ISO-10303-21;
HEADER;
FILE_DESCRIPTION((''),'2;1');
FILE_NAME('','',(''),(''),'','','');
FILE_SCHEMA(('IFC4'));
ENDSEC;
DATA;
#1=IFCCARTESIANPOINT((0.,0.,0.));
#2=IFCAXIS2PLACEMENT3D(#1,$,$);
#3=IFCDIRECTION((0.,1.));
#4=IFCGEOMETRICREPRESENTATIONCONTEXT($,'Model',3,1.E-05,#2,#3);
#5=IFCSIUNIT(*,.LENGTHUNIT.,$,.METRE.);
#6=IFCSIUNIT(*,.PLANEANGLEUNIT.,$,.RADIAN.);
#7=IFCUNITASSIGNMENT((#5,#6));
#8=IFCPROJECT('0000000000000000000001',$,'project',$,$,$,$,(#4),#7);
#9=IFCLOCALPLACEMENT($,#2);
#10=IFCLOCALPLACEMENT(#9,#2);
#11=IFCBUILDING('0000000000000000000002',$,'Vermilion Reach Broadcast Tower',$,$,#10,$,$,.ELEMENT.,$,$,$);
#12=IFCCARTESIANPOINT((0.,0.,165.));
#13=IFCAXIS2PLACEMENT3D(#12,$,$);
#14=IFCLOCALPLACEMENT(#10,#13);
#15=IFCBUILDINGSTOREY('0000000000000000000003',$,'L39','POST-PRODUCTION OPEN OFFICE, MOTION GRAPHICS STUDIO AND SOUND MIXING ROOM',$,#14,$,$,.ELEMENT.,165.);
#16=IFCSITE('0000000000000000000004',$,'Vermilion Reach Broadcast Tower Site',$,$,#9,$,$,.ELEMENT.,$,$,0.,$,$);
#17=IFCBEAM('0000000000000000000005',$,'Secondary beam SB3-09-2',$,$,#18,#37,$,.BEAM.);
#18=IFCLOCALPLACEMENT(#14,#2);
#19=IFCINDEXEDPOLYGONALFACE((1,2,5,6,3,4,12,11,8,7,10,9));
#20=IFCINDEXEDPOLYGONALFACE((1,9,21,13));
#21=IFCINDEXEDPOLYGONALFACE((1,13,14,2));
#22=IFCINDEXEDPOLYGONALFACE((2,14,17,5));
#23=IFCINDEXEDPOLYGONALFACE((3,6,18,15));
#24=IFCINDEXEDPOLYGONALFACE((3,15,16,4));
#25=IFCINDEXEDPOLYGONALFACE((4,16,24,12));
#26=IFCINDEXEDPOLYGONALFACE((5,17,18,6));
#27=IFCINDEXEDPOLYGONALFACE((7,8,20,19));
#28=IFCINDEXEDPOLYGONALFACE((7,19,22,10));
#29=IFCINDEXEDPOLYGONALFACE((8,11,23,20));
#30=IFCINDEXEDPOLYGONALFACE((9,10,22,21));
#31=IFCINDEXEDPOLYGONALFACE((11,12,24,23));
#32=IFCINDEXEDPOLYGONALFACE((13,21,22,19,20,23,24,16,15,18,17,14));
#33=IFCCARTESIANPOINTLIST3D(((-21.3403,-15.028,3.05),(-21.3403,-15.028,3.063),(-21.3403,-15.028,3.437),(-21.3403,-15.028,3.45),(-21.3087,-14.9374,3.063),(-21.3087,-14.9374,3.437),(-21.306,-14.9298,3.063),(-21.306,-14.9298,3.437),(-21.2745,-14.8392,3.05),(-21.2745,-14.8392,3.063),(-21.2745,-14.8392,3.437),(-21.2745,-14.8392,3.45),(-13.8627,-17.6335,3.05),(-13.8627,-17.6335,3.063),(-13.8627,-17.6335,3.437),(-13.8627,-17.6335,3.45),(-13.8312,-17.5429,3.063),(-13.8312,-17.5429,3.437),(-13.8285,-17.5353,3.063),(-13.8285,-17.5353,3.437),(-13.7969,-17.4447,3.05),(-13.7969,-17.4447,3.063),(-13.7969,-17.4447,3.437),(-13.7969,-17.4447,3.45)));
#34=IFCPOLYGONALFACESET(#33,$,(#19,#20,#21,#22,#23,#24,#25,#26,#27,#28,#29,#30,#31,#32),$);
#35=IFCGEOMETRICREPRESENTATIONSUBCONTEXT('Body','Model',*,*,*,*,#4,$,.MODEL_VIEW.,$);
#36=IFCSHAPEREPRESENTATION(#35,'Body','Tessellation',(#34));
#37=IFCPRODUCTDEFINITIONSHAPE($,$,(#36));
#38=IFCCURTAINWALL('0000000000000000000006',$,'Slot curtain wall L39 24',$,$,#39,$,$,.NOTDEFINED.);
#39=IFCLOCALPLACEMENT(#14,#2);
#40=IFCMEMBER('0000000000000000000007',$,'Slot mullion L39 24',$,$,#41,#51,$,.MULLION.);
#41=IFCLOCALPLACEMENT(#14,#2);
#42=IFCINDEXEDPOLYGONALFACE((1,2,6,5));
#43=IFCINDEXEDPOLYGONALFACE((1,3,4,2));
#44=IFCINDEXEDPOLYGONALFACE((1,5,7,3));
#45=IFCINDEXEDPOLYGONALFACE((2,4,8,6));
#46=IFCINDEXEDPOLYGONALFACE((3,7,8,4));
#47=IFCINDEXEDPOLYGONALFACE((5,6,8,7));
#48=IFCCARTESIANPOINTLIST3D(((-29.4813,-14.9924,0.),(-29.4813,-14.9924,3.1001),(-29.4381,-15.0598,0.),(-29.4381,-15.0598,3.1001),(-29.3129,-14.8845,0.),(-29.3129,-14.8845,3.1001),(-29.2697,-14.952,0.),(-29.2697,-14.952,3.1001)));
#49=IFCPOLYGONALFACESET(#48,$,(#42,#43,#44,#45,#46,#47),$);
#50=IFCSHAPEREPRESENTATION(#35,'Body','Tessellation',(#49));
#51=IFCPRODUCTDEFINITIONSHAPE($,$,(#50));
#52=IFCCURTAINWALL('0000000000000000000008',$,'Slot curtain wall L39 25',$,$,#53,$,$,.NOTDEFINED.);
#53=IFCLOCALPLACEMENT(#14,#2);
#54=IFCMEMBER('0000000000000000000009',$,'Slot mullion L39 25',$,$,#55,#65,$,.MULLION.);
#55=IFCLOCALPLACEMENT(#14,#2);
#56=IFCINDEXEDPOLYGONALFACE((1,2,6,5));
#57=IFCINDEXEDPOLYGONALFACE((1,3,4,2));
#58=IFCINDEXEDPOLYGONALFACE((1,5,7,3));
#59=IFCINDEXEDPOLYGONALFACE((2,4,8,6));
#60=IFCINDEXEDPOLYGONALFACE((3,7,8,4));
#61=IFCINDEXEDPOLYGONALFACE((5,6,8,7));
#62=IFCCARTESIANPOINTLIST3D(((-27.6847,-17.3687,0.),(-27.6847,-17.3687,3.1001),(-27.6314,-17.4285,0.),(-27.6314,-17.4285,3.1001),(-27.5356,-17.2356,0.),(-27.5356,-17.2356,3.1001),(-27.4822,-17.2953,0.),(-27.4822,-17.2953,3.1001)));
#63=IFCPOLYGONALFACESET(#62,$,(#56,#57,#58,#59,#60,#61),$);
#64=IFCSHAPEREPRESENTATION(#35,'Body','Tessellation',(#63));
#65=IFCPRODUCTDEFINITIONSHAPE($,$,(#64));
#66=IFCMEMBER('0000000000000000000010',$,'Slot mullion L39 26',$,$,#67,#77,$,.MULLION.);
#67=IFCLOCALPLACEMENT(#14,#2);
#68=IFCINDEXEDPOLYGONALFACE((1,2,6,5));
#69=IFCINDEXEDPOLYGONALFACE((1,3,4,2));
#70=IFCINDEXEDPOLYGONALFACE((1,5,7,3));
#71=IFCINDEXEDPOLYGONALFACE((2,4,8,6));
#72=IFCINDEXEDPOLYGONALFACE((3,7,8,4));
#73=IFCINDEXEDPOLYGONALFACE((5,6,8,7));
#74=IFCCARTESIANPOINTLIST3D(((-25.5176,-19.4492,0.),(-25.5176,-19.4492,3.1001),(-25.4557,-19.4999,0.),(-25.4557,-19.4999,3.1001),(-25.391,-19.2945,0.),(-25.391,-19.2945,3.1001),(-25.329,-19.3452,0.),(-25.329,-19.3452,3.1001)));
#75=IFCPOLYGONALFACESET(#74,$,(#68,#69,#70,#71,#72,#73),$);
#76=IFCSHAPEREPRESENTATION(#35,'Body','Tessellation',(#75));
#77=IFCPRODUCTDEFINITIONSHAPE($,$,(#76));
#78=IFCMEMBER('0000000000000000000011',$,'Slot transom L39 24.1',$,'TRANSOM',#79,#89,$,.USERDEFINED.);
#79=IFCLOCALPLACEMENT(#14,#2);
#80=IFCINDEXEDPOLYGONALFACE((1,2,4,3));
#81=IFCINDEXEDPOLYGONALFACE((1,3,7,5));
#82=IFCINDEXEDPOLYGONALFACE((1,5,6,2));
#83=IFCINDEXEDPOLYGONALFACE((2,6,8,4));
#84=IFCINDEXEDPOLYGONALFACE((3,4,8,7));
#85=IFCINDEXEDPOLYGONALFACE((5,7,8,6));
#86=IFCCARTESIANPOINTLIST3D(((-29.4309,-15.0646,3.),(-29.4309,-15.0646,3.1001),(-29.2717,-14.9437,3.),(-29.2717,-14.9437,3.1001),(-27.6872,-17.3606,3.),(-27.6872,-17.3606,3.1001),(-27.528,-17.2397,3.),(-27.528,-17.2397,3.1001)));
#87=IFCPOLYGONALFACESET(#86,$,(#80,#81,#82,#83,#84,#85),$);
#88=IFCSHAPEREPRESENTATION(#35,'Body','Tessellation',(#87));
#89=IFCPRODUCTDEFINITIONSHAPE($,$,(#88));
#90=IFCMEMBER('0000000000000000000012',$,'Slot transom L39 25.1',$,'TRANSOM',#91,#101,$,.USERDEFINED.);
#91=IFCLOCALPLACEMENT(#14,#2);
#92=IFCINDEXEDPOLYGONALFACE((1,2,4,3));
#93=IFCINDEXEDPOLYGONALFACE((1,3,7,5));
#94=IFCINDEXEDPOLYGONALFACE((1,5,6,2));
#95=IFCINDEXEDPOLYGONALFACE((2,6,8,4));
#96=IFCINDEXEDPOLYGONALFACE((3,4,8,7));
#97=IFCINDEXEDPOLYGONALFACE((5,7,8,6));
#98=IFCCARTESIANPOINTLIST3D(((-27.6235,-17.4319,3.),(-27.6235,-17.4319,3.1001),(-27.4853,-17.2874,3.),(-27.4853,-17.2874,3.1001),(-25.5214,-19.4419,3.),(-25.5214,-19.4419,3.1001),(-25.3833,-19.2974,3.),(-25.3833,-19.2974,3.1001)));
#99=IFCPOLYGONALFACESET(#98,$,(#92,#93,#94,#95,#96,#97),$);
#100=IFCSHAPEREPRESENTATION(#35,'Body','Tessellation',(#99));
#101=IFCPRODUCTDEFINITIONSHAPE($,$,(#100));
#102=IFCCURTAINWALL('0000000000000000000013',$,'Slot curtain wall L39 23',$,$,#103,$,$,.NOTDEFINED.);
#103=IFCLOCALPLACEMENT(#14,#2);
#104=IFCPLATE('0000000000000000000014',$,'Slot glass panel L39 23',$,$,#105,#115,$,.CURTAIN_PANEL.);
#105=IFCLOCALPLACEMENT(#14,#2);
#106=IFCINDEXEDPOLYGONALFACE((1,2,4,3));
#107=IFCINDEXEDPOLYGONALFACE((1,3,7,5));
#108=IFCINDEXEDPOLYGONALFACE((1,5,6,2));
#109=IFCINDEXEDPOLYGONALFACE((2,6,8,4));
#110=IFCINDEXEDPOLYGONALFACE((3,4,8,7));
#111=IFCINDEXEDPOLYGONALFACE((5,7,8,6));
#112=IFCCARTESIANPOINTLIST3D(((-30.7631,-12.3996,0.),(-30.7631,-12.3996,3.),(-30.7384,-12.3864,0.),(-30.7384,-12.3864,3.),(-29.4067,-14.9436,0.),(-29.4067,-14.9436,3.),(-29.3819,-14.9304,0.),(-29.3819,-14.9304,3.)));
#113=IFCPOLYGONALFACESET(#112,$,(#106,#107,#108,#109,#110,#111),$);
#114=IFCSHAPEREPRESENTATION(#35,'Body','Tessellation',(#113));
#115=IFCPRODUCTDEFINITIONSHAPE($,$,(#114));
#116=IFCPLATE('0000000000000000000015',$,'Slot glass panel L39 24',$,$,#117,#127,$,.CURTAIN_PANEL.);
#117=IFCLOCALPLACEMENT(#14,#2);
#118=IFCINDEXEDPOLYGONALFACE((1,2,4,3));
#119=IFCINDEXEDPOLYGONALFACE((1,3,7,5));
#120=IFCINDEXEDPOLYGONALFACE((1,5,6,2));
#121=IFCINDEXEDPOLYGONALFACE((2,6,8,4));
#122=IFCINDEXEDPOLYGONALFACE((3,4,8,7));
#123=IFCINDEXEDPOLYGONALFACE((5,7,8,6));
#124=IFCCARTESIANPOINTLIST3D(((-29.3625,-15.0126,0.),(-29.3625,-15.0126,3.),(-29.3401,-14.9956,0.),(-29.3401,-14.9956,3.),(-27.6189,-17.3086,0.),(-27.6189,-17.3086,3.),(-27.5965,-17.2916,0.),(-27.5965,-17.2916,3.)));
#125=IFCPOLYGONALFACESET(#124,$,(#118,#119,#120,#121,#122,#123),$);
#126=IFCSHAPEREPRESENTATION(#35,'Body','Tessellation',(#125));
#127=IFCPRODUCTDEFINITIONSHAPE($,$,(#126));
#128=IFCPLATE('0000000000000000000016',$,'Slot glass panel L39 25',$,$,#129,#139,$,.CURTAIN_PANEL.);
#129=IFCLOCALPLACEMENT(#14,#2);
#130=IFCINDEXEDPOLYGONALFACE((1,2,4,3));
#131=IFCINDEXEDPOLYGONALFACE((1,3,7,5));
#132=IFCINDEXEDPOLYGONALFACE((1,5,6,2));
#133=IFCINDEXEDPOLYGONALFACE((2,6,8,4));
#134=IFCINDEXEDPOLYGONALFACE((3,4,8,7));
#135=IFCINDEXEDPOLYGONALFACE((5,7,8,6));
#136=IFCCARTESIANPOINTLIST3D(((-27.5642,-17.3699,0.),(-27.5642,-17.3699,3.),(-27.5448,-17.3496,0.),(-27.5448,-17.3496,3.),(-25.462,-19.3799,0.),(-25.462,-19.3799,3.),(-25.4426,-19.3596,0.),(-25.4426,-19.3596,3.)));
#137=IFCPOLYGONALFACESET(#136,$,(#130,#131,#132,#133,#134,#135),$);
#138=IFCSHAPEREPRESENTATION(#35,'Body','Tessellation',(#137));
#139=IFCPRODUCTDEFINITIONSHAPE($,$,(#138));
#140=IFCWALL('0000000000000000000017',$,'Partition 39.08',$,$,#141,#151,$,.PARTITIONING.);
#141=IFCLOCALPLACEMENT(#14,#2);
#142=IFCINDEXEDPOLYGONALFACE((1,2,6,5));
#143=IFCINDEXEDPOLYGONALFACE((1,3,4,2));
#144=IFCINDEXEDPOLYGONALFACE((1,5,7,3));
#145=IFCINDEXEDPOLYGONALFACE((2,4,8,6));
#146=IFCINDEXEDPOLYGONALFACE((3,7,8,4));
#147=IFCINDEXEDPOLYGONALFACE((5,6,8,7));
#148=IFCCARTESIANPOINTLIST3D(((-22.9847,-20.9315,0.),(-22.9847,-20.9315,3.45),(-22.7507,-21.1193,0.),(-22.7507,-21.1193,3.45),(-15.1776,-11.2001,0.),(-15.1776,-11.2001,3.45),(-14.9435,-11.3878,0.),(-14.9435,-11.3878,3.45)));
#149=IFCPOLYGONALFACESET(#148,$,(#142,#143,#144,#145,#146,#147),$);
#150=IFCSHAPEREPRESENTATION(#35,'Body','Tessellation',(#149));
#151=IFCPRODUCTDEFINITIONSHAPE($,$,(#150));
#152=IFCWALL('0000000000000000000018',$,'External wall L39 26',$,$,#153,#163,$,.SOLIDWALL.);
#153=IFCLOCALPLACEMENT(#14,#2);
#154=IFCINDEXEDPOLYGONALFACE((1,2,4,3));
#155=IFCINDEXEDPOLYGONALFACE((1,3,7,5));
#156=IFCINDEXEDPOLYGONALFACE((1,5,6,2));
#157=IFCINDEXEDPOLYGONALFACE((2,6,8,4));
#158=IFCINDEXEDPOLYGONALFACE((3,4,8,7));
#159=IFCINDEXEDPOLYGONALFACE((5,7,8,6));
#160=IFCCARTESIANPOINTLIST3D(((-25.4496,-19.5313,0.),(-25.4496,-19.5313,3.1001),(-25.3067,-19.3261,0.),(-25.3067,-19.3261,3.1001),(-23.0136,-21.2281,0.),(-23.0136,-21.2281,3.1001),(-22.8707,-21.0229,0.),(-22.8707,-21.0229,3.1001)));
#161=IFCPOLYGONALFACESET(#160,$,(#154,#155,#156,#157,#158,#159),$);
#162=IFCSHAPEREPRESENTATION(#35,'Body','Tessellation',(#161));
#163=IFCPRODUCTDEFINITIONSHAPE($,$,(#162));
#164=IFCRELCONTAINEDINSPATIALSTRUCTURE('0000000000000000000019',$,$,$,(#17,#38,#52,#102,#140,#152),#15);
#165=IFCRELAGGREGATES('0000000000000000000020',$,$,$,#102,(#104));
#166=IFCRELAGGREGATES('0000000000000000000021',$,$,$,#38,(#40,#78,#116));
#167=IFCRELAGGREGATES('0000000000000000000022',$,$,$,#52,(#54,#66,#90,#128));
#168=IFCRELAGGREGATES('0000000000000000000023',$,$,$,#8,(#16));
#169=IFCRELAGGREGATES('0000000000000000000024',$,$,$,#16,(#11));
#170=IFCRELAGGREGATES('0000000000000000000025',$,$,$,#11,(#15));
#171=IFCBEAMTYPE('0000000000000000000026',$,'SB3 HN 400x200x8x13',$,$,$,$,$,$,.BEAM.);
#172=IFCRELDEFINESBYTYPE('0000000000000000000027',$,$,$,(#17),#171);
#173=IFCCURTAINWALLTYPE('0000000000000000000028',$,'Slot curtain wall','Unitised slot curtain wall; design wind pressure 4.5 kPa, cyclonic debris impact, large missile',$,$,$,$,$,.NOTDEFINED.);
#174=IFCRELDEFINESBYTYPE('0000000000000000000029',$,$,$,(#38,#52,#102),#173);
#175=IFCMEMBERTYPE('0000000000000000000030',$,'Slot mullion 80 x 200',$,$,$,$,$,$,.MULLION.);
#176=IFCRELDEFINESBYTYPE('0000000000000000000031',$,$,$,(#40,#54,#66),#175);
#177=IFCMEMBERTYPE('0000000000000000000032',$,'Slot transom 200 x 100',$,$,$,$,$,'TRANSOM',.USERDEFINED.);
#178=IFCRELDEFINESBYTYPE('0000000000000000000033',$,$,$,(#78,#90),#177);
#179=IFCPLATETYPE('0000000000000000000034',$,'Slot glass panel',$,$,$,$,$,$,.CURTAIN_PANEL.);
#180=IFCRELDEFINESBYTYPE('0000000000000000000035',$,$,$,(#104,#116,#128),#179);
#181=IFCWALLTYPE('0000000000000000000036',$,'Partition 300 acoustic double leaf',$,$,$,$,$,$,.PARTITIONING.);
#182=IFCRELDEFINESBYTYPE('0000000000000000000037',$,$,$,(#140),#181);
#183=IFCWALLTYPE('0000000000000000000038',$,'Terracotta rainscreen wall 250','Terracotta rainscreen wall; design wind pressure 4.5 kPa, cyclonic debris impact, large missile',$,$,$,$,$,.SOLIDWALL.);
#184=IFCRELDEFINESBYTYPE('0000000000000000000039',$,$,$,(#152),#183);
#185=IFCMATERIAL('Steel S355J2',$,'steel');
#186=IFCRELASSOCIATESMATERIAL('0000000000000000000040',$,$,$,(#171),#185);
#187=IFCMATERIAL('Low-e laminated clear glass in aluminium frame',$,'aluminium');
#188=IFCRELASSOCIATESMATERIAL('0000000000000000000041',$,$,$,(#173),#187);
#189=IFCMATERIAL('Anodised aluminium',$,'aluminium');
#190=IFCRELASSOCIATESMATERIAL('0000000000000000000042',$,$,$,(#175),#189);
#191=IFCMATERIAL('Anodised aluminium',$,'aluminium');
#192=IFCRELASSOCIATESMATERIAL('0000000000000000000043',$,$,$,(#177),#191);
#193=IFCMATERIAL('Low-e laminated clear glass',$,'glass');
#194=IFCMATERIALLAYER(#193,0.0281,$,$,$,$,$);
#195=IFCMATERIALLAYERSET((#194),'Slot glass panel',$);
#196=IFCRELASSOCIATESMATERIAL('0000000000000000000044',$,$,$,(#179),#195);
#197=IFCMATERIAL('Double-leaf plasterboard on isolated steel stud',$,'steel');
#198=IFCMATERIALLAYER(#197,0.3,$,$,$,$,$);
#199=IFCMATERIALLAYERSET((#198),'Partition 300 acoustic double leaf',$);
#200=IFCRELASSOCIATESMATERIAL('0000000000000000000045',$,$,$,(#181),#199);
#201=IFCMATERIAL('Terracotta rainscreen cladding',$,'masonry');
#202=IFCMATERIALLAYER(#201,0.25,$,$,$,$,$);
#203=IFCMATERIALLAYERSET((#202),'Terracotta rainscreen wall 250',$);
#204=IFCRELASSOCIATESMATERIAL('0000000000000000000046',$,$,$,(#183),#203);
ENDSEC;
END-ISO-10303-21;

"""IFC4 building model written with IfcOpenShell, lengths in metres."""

from ifc_helpers import new_model, si_unit, direction, frame, frame_2d, origin, origin_2d, place, context, subcontext, project, spatial, rectangle, i_section, extrude, material, layer, layer_set, material_profile, profile_set, type_object, element, aggregate, save


model = new_model("IFC4")

# Units and contexts
model_context = context("Model", 3, precision=1e-05, world=origin(), true_north=direction((0.0, 1.0)))
body_context = subcontext(model_context, "Body", "Model", "MODEL_VIEW")
ifc_project = project(units=[si_unit("LENGTHUNIT", "METRE"), si_unit("PLANEANGLEUNIT", "RADIAN")], contexts=[model_context])

# Site, building, storey
site_placement = place(None, origin())
site = spatial("IfcSite", under=ifc_project, at=site_placement, Name="Vermilion Reach Broadcast Tower Site", CompositionType="ELEMENT", RefElevation=0.0)
building_placement = place(site_placement, origin())
building = spatial("IfcBuilding", under=site, at=building_placement, Name="Vermilion Reach Broadcast Tower", CompositionType="ELEMENT")
storey_placement = place(building_placement, frame((0.0, 0.0, 165.0)))
storey = spatial("IfcBuildingStorey", under=building, at=storey_placement, Name="L39", Description="POST-PRODUCTION OPEN OFFICE, MOTION GRAPHICS STUDIO AND SOUND MIXING ROOM", CompositionType="ELEMENT", Elevation=165.0)

# Beam
ifc_material_1 = material(Name="Steel S355J2", Category="steel")
ifc_material_profile_1 = material_profile(ifc_material_1, i_section(OverallWidth=0.2, OverallDepth=0.3999, WebThickness=0.0081, FlangeThickness=0.0129, at=origin_2d()), Name="S355J2 HN 400x200x8x13")
ifc_profile_set_1 = profile_set([ifc_material_profile_1], Name="Steel S355J2")
beam_type_1 = type_object("IfcBeamType", Name="SB3 HN 400x200x8x13", PredefinedType="BEAM", material=ifc_profile_set_1)
beam_1_placement = place(storey_placement, frame((-21.3074, -14.9336, 3.25), z_axis=(0.944317, -0.329037, 0.0), x_axis=(0.329037, 0.944317, 0.0)))
element("IfcBeam", 1, at=beam_1_placement, inside=storey, type_object=beam_type_1, Name="Secondary beam SB3-09-2", PredefinedType="BEAM", context=body_context, shape_type="SweptSolid", body=[
    extrude(i_section(OverallWidth=0.2, OverallDepth=0.3999, WebThickness=0.0081, FlangeThickness=0.0129, at=origin_2d()), origin(), (0.0, 0.0, 1.0), 7.9185),
])

# Curtain wall, member
ifc_material_2 = material(Name="Low-e laminated clear glass in aluminium frame", Category="aluminium")
curtain_wall_type = type_object("IfcCurtainWallType", Name="Slot curtain wall", Description="Unitised slot curtain wall; design wind pressure 4.5 kPa, cyclonic debris impact, large missile", PredefinedType="NOTDEFINED", material=ifc_material_2)
placement = place(storey_placement, origin())
curtain_wall_1 = element("IfcCurtainWall", 2, at=placement, inside=storey, type_object=curtain_wall_type, Name="Slot curtain wall L39 24", PredefinedType="NOTDEFINED")
ifc_material_3 = material(Name="Anodised aluminium", Category="aluminium")
ifc_material_profile_2 = material_profile(ifc_material_3, rectangle(XDim=0.2, YDim=0.0801, at=origin_2d()), Name="Slot mullion 80 x 200")
ifc_profile_set_2 = profile_set([ifc_material_profile_2], Name="Anodised aluminium")
member_type_1 = type_object("IfcMemberType", Name="Slot mullion 80 x 200", PredefinedType="MULLION", material=ifc_profile_set_2)
member_1_placement = place(storey_placement, frame((-29.3755, -14.9722, 0.0), z_axis=(0.0, 0.0, 1.0), x_axis=(0.842076, 0.539359, 0.0)))
member_1 = element("IfcMember", 3, at=member_1_placement, type_object=member_type_1, Name="Slot mullion L39 24", PredefinedType="MULLION", context=body_context, shape_type="SweptSolid", body=[
    extrude(rectangle(XDim=0.2, YDim=0.0801, at=origin_2d()), origin(), (0.0, 0.0, 1.0), 3.1001),
])

# Curtain wall, members
curtain_wall_2 = element("IfcCurtainWall", 4, at=placement, inside=storey, type_object=curtain_wall_type, Name="Slot curtain wall L39 25", PredefinedType="NOTDEFINED")
member_2_placement = place(storey_placement, frame((-27.5835, -17.332, 0.0), z_axis=(0.0, 0.0, 1.0), x_axis=(0.74607, 0.665867, 0.0)))
member_2 = element("IfcMember", 5, at=member_2_placement, type_object=member_type_1, Name="Slot mullion L39 25", PredefinedType="MULLION", context=body_context, shape_type="SweptSolid", body=[
    extrude(rectangle(XDim=0.2, YDim=0.0801, at=origin_2d()), origin(), (0.0, 0.0, 1.0), 3.1001),
])
member_3_placement = place(storey_placement, frame((-25.4233, -19.3972, 0.0), z_axis=(0.0, 0.0, 1.0), x_axis=(0.633199, 0.773989, 0.0)))
member_3 = element("IfcMember", 6, at=member_3_placement, type_object=member_type_1, Name="Slot mullion L39 26", PredefinedType="MULLION", context=body_context, shape_type="SweptSolid", body=[
    extrude(rectangle(XDim=0.2, YDim=0.0801, at=origin_2d()), origin(), (0.0, 0.0, 1.0), 3.1001),
])

# Members
ifc_material_4 = material(Name="Anodised aluminium", Category="aluminium")
ifc_material_profile_3 = material_profile(ifc_material_4, rectangle(XDim=0.2, YDim=0.1001, at=origin_2d()), Name="Slot transom 200 x 100")
ifc_profile_set_3 = profile_set([ifc_material_profile_3], Name="Anodised aluminium")
member_type_2 = type_object("IfcMemberType", Name="Slot transom 200 x 100", ElementType="TRANSOM", PredefinedType="USERDEFINED", material=ifc_profile_set_3)
member_4_placement = place(storey_placement, frame((-29.3513, -15.0042, 3.05), z_axis=(0.604813, -0.796368, 0.0), x_axis=(0.796368, 0.604813, 0.0)))
member_4 = element("IfcMember", 7, at=member_4_placement, type_object=member_type_2, Name="Slot transom L39 24.1", ObjectType="TRANSOM", PredefinedType="USERDEFINED", context=body_context, shape_type="SweptSolid", body=[
    extrude(rectangle(XDim=0.2, YDim=0.1001, at=origin_2d()), origin(), (0.0, 0.0, 1.0), 2.8831),
])
member_5_placement = place(storey_placement, frame((-27.5544, -17.3596, 3.05), z_axis=(0.722753, -0.691106, 0.0), x_axis=(0.691106, 0.722753, 0.0)))
member_5 = element("IfcMember", 8, at=member_5_placement, type_object=member_type_2, Name="Slot transom L39 25.1", ObjectType="TRANSOM", PredefinedType="USERDEFINED", context=body_context, shape_type="SweptSolid", body=[
    extrude(rectangle(XDim=0.2, YDim=0.1001, at=origin_2d()), origin(), (0.0, 0.0, 1.0), 2.9084),
])

# Curtain wall, plate
curtain_wall_3 = element("IfcCurtainWall", 9, at=placement, inside=storey, type_object=curtain_wall_type, Name="Slot curtain wall L39 23", PredefinedType="NOTDEFINED")
ifc_material_5 = material(Name="Low-e laminated clear glass", Category="glass")
ifc_layer_1 = layer(ifc_material_5, 0.0281)
ifc_layer_set_1 = layer_set([ifc_layer_1], Name="Slot glass panel")
plate_type = type_object("IfcPlateType", Name="Slot glass panel", PredefinedType="CURTAIN_PANEL", material=ifc_layer_set_1)
plate_1_placement = place(storey_placement, frame((-30.0725, -13.665, 0.0), z_axis=(0.0, 0.0, 1.0), x_axis=(0.4705, -0.8824, 0.0)))
plate_1 = element("IfcPlate", 10, at=plate_1_placement, type_object=plate_type, Name="Slot glass panel L39 23", PredefinedType="CURTAIN_PANEL", context=body_context, shape_type="SweptSolid", body=[
    extrude(rectangle(XDim=2.8831, YDim=0.0281, at=origin_2d()), origin(), (0.0, 0.0, 1.0), 3.0),
])
aggregate(curtain_wall_3, [plate_1])

# Plates
plate_2_placement = place(storey_placement, frame((-28.4795, -16.1521, 0.0), z_axis=(0.0, 0.0, 1.0), x_axis=(0.604783, -0.79639, 0.0)))
plate_2 = element("IfcPlate", 11, at=plate_2_placement, type_object=plate_type, Name="Slot glass panel L39 24", PredefinedType="CURTAIN_PANEL", context=body_context, shape_type="SweptSolid", body=[
    extrude(rectangle(XDim=2.8831, YDim=0.0281, at=origin_2d()), origin(), (0.0, 0.0, 1.0), 3.0),
])
aggregate(curtain_wall_1, [member_1, member_4, plate_2])
plate_3_placement = place(storey_placement, frame((-26.5034, -18.3647, 0.0), z_axis=(0.0, 0.0, 1.0), x_axis=(0.72278, -0.691078, 0.0)))
plate_3 = element("IfcPlate", 12, at=plate_3_placement, type_object=plate_type, Name="Slot glass panel L39 25", PredefinedType="CURTAIN_PANEL", context=body_context, shape_type="SweptSolid", body=[
    extrude(rectangle(XDim=2.9084, YDim=0.0281, at=origin_2d()), origin(), (0.0, 0.0, 1.0), 3.0),
])
aggregate(curtain_wall_2, [member_2, member_3, member_5, plate_3])

# Walls
ifc_material_6 = material(Name="Double-leaf plasterboard on isolated steel stud", Category="steel")
ifc_layer_2 = layer(ifc_material_6, 0.3)
ifc_layer_set_2 = layer_set([ifc_layer_2], Name="Partition 300 acoustic double leaf")
wall_type_1 = type_object("IfcWallType", Name="Partition 300 acoustic double leaf", PredefinedType="PARTITIONING", material=ifc_layer_set_2)
wall_1_placement = place(storey_placement, frame((-22.8677, -21.0254, 0.0), z_axis=(0.0, 0.0, 1.0), x_axis=(0.625768, 0.780009, 0.0)))
element("IfcWall", 13, at=wall_1_placement, inside=storey, type_object=wall_type_1, Name="Partition 39.08", PredefinedType="PARTITIONING", context=body_context, shape_type="SweptSolid", body=[
    extrude(rectangle(XDim=12.4761, YDim=0.3, at=frame_2d((6.238, 0.0))), origin(), (0.0, 0.0, 1.0), 3.45),
])
ifc_material_7 = material(Name="Terracotta rainscreen cladding", Category="masonry")
ifc_layer_3 = layer(ifc_material_7, 0.25)
ifc_layer_set_3 = layer_set([ifc_layer_3], Name="Terracotta rainscreen wall 250")
wall_type_2 = type_object("IfcWallType", Name="Terracotta rainscreen wall 250", Description="Terracotta rainscreen wall; design wind pressure 4.5 kPa, cyclonic debris impact, large missile", PredefinedType="SOLIDWALL", material=ifc_layer_set_3)
wall_2_placement = place(storey_placement, frame((-25.3782, -19.4287, 0.0), z_axis=(0.0, 0.0, 1.0), x_axis=(0.820566, -0.571551, 0.0)))
element("IfcWall", 14, at=wall_2_placement, inside=storey, type_object=wall_type_2, Name="External wall L39 26", PredefinedType="SOLIDWALL", context=body_context, shape_type="SweptSolid", body=[
    extrude(rectangle(XDim=2.9688, YDim=0.25, at=frame_2d((1.4844, 0.0))), origin(), (0.0, 0.0, 1.0), 3.1001),
])

save(model, "model.ifc")
